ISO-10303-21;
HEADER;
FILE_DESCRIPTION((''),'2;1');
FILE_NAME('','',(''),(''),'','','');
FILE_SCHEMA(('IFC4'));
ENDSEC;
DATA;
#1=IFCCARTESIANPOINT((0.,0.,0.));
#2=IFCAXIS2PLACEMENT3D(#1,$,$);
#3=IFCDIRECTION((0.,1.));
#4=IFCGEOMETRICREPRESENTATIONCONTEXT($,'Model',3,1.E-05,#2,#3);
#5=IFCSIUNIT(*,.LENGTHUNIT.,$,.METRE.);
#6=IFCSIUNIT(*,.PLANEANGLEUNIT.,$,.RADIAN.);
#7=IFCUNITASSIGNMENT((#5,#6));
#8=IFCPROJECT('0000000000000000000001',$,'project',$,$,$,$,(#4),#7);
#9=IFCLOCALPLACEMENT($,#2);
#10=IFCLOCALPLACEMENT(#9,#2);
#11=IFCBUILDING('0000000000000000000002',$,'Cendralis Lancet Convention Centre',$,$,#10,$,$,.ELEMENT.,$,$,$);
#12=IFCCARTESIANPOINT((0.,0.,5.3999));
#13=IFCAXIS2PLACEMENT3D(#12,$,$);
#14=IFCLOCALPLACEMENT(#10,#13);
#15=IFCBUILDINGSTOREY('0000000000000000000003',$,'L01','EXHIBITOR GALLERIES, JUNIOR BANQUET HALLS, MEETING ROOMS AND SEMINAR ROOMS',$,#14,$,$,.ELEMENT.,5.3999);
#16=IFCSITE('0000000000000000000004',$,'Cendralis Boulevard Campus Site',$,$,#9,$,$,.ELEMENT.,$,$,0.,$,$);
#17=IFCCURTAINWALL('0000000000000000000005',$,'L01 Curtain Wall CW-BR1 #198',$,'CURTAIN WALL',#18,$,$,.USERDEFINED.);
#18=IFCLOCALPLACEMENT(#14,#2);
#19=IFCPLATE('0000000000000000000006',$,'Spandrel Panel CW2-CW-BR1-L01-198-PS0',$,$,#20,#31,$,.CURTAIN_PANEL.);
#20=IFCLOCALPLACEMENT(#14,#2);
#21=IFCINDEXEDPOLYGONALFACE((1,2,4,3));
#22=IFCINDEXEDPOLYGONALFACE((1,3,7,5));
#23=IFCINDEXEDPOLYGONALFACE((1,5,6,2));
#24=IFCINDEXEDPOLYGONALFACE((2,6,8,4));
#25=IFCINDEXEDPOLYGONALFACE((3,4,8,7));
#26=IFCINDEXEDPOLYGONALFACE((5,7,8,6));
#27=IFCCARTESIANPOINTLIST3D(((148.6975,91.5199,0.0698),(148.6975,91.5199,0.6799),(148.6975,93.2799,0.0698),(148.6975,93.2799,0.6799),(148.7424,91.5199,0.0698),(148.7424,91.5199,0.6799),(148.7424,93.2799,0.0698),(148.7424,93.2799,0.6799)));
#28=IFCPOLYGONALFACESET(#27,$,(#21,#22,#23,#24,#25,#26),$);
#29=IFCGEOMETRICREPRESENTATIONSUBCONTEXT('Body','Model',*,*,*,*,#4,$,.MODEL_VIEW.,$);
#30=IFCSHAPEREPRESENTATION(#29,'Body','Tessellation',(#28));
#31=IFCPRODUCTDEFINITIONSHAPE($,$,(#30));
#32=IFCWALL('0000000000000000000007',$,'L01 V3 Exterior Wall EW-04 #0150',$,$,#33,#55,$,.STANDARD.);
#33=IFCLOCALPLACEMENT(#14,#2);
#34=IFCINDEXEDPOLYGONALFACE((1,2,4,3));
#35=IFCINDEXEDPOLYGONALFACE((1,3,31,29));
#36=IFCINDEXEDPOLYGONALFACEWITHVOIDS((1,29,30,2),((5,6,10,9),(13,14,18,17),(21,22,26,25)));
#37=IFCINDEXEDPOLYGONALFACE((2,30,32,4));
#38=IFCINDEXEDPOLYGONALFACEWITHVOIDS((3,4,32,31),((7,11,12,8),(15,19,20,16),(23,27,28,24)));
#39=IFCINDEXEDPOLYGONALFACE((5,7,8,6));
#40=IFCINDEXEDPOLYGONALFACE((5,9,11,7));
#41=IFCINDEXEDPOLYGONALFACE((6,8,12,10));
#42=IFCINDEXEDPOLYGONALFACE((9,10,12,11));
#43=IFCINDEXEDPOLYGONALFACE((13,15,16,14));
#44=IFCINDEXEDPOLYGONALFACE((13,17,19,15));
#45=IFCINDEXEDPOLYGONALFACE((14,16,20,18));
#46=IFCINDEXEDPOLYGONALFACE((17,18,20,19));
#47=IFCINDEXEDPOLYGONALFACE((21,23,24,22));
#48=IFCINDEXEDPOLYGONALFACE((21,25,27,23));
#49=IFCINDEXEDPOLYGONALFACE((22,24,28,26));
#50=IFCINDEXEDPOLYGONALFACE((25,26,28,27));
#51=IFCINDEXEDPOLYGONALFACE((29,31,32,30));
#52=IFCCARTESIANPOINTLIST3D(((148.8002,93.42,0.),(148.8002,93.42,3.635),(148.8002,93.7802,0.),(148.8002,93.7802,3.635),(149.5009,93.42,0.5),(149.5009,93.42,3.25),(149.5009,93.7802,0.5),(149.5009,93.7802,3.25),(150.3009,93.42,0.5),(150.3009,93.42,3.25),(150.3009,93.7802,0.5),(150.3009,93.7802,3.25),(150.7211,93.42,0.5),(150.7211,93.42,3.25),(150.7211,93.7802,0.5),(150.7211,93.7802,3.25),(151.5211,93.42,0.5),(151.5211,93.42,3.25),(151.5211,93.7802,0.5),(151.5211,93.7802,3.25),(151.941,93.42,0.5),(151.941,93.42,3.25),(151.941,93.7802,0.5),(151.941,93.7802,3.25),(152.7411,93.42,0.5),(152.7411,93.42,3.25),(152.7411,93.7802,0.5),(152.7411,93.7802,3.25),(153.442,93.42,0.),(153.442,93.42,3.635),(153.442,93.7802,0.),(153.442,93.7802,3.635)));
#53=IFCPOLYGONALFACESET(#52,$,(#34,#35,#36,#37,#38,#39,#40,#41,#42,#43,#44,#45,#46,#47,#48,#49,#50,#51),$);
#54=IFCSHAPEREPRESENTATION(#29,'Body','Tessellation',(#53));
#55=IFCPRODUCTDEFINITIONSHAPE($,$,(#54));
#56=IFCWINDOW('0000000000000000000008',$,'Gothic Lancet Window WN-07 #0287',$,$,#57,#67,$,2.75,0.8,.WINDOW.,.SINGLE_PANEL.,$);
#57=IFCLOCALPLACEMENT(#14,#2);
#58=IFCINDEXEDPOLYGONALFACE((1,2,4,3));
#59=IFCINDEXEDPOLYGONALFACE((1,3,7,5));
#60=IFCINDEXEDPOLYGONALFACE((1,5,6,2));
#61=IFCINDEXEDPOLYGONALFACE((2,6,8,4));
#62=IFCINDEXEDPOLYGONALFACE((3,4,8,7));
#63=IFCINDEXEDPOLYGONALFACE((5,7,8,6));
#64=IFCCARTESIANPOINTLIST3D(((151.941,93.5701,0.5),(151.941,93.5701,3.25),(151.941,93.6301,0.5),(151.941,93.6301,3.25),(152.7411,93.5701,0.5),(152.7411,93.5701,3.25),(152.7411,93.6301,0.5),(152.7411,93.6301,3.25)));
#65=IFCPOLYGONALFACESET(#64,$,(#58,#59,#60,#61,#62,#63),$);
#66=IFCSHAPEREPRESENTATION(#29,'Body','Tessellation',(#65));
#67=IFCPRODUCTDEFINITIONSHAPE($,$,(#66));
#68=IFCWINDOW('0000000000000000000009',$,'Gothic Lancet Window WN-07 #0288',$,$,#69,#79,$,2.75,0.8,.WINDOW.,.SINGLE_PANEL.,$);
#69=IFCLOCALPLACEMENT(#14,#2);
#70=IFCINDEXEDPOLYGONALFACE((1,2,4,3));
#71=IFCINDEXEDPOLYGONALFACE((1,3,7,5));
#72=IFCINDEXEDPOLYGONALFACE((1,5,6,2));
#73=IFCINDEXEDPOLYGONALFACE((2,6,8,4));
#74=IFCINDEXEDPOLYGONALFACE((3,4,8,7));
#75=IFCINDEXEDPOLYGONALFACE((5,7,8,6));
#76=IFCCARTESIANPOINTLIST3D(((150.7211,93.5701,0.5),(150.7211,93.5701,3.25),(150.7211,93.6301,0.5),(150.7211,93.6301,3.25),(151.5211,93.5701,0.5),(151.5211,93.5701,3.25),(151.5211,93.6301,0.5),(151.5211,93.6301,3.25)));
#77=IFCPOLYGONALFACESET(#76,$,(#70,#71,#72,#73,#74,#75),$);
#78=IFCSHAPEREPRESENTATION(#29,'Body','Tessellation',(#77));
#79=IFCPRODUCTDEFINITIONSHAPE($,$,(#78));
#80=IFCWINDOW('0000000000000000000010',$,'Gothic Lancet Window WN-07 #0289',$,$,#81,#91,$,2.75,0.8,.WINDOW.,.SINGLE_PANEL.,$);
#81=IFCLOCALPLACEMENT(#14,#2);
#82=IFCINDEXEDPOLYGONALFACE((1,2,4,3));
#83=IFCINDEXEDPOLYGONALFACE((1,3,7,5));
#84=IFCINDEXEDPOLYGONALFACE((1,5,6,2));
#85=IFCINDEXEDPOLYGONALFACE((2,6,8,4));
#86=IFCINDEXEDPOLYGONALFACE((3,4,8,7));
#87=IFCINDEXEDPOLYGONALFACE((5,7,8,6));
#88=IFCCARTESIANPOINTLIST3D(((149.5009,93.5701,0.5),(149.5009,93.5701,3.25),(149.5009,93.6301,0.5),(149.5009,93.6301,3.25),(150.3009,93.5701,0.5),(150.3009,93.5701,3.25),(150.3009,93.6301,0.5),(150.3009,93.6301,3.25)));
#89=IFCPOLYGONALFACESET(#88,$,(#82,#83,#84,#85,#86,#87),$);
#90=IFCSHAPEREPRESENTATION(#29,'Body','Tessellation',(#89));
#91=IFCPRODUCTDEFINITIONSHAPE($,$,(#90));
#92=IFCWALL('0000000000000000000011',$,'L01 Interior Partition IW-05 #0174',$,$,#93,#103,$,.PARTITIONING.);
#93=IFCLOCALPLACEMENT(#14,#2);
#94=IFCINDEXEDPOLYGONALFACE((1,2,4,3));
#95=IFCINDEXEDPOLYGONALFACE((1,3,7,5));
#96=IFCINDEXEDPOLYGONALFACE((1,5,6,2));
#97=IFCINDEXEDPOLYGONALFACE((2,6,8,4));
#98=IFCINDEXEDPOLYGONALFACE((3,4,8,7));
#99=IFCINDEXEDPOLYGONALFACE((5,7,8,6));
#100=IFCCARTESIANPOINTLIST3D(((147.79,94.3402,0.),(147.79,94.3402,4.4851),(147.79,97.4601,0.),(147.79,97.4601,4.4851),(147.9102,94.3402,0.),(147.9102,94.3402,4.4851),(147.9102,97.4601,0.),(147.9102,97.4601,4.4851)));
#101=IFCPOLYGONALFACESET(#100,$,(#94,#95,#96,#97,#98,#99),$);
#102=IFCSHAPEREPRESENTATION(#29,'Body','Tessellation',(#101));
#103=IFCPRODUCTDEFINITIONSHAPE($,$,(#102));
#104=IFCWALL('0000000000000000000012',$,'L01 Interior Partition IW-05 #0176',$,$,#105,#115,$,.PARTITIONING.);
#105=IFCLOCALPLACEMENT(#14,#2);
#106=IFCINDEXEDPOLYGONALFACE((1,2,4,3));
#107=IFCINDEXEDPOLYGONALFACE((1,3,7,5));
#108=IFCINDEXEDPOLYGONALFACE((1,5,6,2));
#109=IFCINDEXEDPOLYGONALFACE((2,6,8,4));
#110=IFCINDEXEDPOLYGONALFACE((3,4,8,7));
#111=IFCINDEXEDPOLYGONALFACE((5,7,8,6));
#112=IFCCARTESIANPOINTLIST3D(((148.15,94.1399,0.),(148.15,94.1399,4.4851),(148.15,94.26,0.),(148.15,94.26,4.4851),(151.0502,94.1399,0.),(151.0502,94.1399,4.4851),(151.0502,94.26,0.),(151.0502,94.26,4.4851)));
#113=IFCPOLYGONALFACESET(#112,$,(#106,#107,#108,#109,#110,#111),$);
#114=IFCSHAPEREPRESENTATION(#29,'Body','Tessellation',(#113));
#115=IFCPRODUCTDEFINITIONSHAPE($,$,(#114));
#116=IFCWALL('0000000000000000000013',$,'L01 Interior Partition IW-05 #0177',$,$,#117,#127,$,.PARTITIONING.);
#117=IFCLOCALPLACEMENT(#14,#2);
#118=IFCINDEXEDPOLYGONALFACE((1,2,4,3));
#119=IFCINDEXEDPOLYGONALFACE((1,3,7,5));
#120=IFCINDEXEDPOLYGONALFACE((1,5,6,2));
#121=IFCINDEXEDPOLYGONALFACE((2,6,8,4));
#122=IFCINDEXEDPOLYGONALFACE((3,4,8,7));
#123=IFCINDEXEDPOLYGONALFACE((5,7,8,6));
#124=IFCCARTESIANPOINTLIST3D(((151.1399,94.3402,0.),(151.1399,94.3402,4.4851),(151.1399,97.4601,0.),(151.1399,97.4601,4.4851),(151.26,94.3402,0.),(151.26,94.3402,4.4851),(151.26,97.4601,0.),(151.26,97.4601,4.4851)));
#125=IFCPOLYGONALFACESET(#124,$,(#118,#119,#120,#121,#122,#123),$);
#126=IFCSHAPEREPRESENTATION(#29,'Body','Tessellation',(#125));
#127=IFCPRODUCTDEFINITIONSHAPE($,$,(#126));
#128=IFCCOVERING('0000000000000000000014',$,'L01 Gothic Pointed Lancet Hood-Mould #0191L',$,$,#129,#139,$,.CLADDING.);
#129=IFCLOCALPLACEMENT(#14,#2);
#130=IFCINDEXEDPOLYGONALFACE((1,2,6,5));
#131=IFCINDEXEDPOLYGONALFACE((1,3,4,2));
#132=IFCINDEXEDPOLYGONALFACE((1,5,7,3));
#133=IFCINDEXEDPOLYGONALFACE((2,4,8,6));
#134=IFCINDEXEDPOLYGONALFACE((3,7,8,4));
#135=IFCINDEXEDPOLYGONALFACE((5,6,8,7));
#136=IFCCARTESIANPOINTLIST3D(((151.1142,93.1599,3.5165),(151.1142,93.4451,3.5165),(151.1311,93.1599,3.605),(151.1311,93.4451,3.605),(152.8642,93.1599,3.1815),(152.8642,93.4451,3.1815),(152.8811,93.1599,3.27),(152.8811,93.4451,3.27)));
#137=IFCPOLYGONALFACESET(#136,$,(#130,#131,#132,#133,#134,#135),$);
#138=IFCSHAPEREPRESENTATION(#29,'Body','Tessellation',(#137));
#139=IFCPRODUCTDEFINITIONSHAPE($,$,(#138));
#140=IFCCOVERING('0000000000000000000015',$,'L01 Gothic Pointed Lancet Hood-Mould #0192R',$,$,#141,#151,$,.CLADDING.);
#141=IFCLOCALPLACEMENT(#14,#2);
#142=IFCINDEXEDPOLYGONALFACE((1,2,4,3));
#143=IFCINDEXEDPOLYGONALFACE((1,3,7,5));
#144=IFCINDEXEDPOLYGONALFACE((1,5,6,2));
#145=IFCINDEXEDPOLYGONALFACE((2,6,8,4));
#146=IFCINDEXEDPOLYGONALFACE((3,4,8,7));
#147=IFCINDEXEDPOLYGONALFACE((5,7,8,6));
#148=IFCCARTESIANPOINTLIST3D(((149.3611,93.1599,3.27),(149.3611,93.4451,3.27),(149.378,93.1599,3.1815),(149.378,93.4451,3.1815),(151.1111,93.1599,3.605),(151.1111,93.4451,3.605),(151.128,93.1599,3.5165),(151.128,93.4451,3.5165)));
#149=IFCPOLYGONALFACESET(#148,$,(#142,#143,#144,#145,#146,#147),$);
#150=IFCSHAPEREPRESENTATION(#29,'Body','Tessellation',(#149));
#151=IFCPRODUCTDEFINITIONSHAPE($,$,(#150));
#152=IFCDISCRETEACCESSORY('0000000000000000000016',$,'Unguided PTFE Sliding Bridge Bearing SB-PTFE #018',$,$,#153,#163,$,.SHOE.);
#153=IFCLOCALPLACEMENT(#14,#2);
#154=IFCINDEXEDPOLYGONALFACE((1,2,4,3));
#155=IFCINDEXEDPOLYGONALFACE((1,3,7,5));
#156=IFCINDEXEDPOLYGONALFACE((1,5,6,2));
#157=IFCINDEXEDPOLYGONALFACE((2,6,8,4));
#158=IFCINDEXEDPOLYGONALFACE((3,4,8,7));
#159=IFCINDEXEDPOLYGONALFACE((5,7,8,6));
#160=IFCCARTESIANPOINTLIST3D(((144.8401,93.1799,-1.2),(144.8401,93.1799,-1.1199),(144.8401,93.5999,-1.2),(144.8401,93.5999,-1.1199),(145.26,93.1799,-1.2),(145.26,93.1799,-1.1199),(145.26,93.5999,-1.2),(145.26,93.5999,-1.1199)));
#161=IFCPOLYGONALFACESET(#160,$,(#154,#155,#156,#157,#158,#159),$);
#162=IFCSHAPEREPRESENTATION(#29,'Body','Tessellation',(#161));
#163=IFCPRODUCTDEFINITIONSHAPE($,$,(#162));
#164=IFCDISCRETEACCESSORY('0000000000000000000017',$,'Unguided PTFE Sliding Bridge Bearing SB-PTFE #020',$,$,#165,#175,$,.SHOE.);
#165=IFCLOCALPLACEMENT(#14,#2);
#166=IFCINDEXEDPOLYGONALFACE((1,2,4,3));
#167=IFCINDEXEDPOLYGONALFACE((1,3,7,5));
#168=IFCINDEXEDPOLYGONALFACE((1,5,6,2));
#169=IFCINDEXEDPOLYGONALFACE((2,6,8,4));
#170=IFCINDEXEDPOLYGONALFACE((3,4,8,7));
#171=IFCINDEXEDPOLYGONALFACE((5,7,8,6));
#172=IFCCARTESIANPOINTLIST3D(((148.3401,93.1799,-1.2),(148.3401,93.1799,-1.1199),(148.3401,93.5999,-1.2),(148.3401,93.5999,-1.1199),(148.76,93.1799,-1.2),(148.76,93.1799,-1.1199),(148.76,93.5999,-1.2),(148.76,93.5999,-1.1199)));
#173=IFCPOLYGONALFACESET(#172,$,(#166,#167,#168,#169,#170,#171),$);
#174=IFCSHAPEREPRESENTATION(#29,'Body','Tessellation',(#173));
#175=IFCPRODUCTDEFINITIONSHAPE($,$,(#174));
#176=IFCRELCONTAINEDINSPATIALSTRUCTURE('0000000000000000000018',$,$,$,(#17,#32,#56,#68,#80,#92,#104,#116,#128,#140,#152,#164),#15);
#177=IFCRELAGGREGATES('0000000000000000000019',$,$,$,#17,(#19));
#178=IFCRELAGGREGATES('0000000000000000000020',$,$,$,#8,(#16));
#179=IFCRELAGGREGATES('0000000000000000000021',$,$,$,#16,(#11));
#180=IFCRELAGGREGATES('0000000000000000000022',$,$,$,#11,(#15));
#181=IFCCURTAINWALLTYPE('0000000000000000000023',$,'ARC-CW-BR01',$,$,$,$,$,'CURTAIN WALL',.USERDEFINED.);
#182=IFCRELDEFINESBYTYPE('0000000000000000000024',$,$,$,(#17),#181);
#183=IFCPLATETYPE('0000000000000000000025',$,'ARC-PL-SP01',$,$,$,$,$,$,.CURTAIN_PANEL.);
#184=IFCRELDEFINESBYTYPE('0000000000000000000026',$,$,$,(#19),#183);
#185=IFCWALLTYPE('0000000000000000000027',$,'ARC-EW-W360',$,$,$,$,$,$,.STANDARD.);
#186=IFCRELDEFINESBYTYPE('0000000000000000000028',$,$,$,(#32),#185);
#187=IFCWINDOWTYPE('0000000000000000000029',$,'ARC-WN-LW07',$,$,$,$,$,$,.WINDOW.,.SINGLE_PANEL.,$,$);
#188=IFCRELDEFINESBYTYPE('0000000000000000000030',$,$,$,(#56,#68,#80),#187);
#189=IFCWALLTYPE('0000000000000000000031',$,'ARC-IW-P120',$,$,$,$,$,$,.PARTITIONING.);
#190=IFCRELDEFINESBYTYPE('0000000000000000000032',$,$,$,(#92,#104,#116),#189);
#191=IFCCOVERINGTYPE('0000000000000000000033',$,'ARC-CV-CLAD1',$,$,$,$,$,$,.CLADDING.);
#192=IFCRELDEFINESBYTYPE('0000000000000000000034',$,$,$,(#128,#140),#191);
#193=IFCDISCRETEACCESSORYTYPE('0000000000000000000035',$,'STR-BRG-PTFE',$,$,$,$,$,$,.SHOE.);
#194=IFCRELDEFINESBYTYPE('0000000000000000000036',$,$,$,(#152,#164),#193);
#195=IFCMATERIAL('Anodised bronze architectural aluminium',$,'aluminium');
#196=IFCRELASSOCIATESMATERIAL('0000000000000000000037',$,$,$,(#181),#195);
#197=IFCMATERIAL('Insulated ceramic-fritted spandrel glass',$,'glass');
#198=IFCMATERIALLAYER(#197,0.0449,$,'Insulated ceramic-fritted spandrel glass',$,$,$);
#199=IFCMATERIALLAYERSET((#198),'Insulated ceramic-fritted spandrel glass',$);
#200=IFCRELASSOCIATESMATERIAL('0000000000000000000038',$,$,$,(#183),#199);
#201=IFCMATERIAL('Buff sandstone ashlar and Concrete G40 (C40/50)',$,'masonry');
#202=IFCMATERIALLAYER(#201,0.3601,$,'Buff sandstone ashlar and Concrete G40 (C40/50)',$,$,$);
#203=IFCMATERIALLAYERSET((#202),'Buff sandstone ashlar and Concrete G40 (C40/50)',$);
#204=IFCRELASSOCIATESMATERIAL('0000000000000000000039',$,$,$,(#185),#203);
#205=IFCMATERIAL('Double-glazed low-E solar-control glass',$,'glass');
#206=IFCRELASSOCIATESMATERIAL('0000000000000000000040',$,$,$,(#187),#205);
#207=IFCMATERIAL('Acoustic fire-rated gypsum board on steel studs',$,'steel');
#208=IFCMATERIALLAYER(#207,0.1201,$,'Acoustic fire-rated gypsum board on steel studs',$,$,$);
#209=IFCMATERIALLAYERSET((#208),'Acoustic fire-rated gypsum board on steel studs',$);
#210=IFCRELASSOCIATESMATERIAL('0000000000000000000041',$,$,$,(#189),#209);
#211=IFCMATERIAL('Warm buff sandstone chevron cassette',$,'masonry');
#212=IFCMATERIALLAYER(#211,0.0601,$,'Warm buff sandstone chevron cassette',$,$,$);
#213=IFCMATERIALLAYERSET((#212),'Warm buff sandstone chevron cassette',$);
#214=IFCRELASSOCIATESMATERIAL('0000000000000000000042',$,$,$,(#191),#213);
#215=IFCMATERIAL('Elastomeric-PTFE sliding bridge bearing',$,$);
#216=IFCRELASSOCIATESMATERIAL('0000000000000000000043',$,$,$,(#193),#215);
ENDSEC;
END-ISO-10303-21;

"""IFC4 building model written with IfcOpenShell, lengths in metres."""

from ifc_helpers import new_model, si_unit, direction, frame, frame_2d, origin, origin_2d, place, context, subcontext, project, spatial, polyline, rectangle, outline, extrude, material, layer, layer_set, type_object, element, fill, aggregate, save


model = new_model("IFC4")

# Units and contexts
model_context = context("Model", 3, precision=1e-05, world=origin(), true_north=direction((0.0, 1.0)))
body_context = subcontext(model_context, "Body", "Model", "MODEL_VIEW")
ifc_project = project(units=[si_unit("LENGTHUNIT", "METRE"), si_unit("PLANEANGLEUNIT", "RADIAN")], contexts=[model_context])

# Site, building, storey
site_placement = place(None, origin())
site = spatial("IfcSite", under=ifc_project, at=site_placement, Name="Cendralis Boulevard Campus Site", CompositionType="ELEMENT", RefElevation=0.0)
building_placement = place(site_placement, origin())
building = spatial("IfcBuilding", under=site, at=building_placement, Name="Cendralis Lancet Convention Centre", CompositionType="ELEMENT")
storey_placement = place(building_placement, frame((0.0, 0.0, 5.3999)))
storey = spatial("IfcBuildingStorey", under=building, at=storey_placement, Name="L01", Description="EXHIBITOR GALLERIES, JUNIOR BANQUET HALLS, MEETING ROOMS AND SEMINAR ROOMS", CompositionType="ELEMENT", Elevation=5.3999)

# Curtain wall
ifc_material_1 = material(Name="Anodised bronze architectural aluminium", Category="aluminium")
curtain_wall_type = type_object("IfcCurtainWallType", Name="ARC-CW-BR01", ElementType="CURTAIN WALL", PredefinedType="USERDEFINED", material=ifc_material_1)
curtain_wall_1_placement = place(storey_placement, origin())
curtain_wall_1 = element("IfcCurtainWall", 1, at=curtain_wall_1_placement, inside=storey, type_object=curtain_wall_type, Name="L01 Curtain Wall CW-BR1 #198", ObjectType="CURTAIN WALL", PredefinedType="USERDEFINED")

# Plate
ifc_material_2 = material(Name="Double-glazed low-E solar-control glass", Category="glass")
ifc_material_3 = material(Name="Insulated ceramic-fritted spandrel glass", Category="glass")
ifc_layer_1 = layer(ifc_material_3, 0.0449, Name="Insulated ceramic-fritted spandrel glass")
ifc_layer_set_1 = layer_set([ifc_layer_1], Name="Insulated ceramic-fritted spandrel glass")
plate_type_1 = type_object("IfcPlateType", Name="ARC-PL-SP01", PredefinedType="CURTAIN_PANEL", material=ifc_layer_set_1)
plate_1_placement = place(storey_placement, frame((148.72, 92.3999, 0.0698), z_axis=(0.0, 0.0, 1.0), x_axis=(0.0, 1.0, 0.0)))
plate_1 = element("IfcPlate", 2, at=plate_1_placement, type_object=plate_type_1, Name="Spandrel Panel CW2-CW-BR1-L01-198-PS0", PredefinedType="CURTAIN_PANEL", context=body_context, shape_type="SweptSolid", body=[
    extrude(rectangle(XDim=1.76, YDim=0.0449, at=origin_2d()), origin(), (0.0, 0.0, 1.0), 0.6101),
])
aggregate(curtain_wall_1, [plate_1])

# Wall, openings, windows
ifc_material_4 = material(Name="Buff sandstone ashlar and Concrete G40 (C40/50)", Category="masonry")
ifc_layer_2 = layer(ifc_material_4, 0.3601, Name="Buff sandstone ashlar and Concrete G40 (C40/50)")
ifc_layer_set_2 = layer_set([ifc_layer_2], Name="Buff sandstone ashlar and Concrete G40 (C40/50)")
wall_type_1 = type_object("IfcWallType", Name="ARC-EW-W360", PredefinedType="STANDARD", material=ifc_layer_set_2)
wall_1_placement = place(storey_placement, frame((153.4419, 93.6001, 0.0), z_axis=(0.0, 0.0, 1.0), x_axis=(-1.0, 0.0, 0.0)))
wall_1 = element("IfcWall", 3, at=wall_1_placement, inside=storey, type_object=wall_type_1, Name="L01 V3 Exterior Wall EW-04 #0150", PredefinedType="STANDARD", context=body_context, shape_type="SweptSolid", body=[
    extrude(rectangle(XDim=4.6418, YDim=0.3601, at=frame_2d((2.3208, 0.0))), origin(), (0.0, 0.0, 1.0), 3.635),
])
opening_1_placement = place(wall_1_placement, frame((0.7009, 0.0, 0.5)))
opening_1 = element("IfcOpeningElement", 4, at=opening_1_placement, cuts=wall_1, PredefinedType="OPENING", context=body_context, shape_type="SweptSolid", body=[
    extrude(rectangle(XDim=0.8, YDim=2.75, at=frame_2d((0.3999, 1.375))), frame((0.0, 0.1899, 0.0), z_axis=(0.0, -1.0, 0.0), x_axis=(1.0, 0.0, 0.0)), (0.0, 0.0, 1.0), 0.3801),
])
opening_2_placement = place(wall_1_placement, frame((1.9209, 0.0, 0.5)))
opening_2 = element("IfcOpeningElement", 5, at=opening_2_placement, cuts=wall_1, PredefinedType="OPENING", context=body_context, shape_type="SweptSolid", body=[
    extrude(rectangle(XDim=0.8, YDim=2.75, at=frame_2d((0.3999, 1.375))), frame((0.0, 0.1899, 0.0), z_axis=(0.0, -1.0, 0.0), x_axis=(1.0, 0.0, 0.0)), (0.0, 0.0, 1.0), 0.3801),
])
opening_3_placement = place(wall_1_placement, frame((3.1411, 0.0, 0.5)))
opening_3 = element("IfcOpeningElement", 6, at=opening_3_placement, cuts=wall_1, PredefinedType="OPENING", context=body_context, shape_type="SweptSolid", body=[
    extrude(rectangle(XDim=0.8, YDim=2.75, at=frame_2d((0.3999, 1.375))), frame((0.0, 0.1899, 0.0), z_axis=(0.0, -1.0, 0.0), x_axis=(1.0, 0.0, 0.0)), (0.0, 0.0, 1.0), 0.3801),
])
window_type = type_object("IfcWindowType", Name="ARC-WN-LW07", PartitioningType="SINGLE_PANEL", PredefinedType="WINDOW", material=ifc_material_2)
window_1_placement = place(opening_1_placement, origin())
window_1 = element("IfcWindow", 7, at=window_1_placement, inside=storey, type_object=window_type, Name="Gothic Lancet Window WN-07 #0287", OverallHeight=2.75, OverallWidth=0.8, PartitioningType="SINGLE_PANEL", PredefinedType="WINDOW", context=body_context, shape_type="SweptSolid", body=[
    extrude(rectangle(XDim=0.8, YDim=2.75, at=frame_2d((0.3999, 1.375))), frame((0.0, 0.03, 0.0), z_axis=(0.0, -1.0, 0.0), x_axis=(1.0, 0.0, 0.0)), (0.0, 0.0, 1.0), 0.0601),
])
fill(opening_1, window_1)
window_2_placement = place(opening_2_placement, origin())
window_2 = element("IfcWindow", 8, at=window_2_placement, inside=storey, type_object=window_type, Name="Gothic Lancet Window WN-07 #0288", OverallHeight=2.75, OverallWidth=0.8, PartitioningType="SINGLE_PANEL", PredefinedType="WINDOW", context=body_context, shape_type="SweptSolid", body=[
    extrude(rectangle(XDim=0.8, YDim=2.75, at=frame_2d((0.3999, 1.375))), frame((0.0, 0.03, 0.0), z_axis=(0.0, -1.0, 0.0), x_axis=(1.0, 0.0, 0.0)), (0.0, 0.0, 1.0), 0.0601),
])
fill(opening_2, window_2)
window_3_placement = place(opening_3_placement, origin())
window_3 = element("IfcWindow", 9, at=window_3_placement, inside=storey, type_object=window_type, Name="Gothic Lancet Window WN-07 #0289", OverallHeight=2.75, OverallWidth=0.8, PartitioningType="SINGLE_PANEL", PredefinedType="WINDOW", context=body_context, shape_type="SweptSolid", body=[
    extrude(rectangle(XDim=0.8, YDim=2.75, at=frame_2d((0.3999, 1.375))), frame((0.0, 0.03, 0.0), z_axis=(0.0, -1.0, 0.0), x_axis=(1.0, 0.0, 0.0)), (0.0, 0.0, 1.0), 0.0601),
])
fill(opening_3, window_3)

# Wall
ifc_material_5 = material(Name="Acoustic fire-rated gypsum board on steel studs", Category="steel")
ifc_layer_3 = layer(ifc_material_5, 0.1201, Name="Acoustic fire-rated gypsum board on steel studs")
ifc_layer_set_3 = layer_set([ifc_layer_3], Name="Acoustic fire-rated gypsum board on steel studs")
wall_type_2 = type_object("IfcWallType", Name="ARC-IW-P120", PredefinedType="PARTITIONING", material=ifc_layer_set_3)
wall_2_placement = place(storey_placement, frame((147.8501, 94.3401, 0.0), z_axis=(0.0, 0.0, 1.0), x_axis=(0.0, 1.0, 0.0)))
element("IfcWall", 10, at=wall_2_placement, inside=storey, type_object=wall_type_2, Name="L01 Interior Partition IW-05 #0174", PredefinedType="PARTITIONING", context=body_context, shape_type="SweptSolid", body=[
    extrude(rectangle(XDim=3.1199, YDim=0.1201, at=frame_2d((1.5601, 0.0))), origin(), (0.0, 0.0, 1.0), 4.4851),
])

# Walls
wall_3_placement = place(storey_placement, frame((148.1499, 94.2, 0.0), z_axis=(0.0, 0.0, 1.0), x_axis=(1.0, 0.0, 0.0)))
element("IfcWall", 11, at=wall_3_placement, inside=storey, type_object=wall_type_2, Name="L01 Interior Partition IW-05 #0176", PredefinedType="PARTITIONING", context=body_context, shape_type="SweptSolid", body=[
    extrude(rectangle(XDim=2.9001, YDim=0.1201, at=frame_2d((1.4502, 0.0))), origin(), (0.0, 0.0, 1.0), 4.4851),
])
wall_4_placement = place(storey_placement, frame((151.2, 94.3401, 0.0), z_axis=(0.0, 0.0, 1.0), x_axis=(0.0, 1.0, 0.0)))
element("IfcWall", 12, at=wall_4_placement, inside=storey, type_object=wall_type_2, Name="L01 Interior Partition IW-05 #0177", PredefinedType="PARTITIONING", context=body_context, shape_type="SweptSolid", body=[
    extrude(rectangle(XDim=3.1199, YDim=0.1201, at=frame_2d((1.5601, 0.0))), origin(), (0.0, 0.0, 1.0), 4.4851),
])

# Coverings
ifc_material_6 = material(Name="Warm buff sandstone chevron cassette", Category="masonry")
ifc_layer_4 = layer(ifc_material_6, 0.0601, Name="Warm buff sandstone chevron cassette")
ifc_layer_set_4 = layer_set([ifc_layer_4], Name="Warm buff sandstone chevron cassette")
covering_type = type_object("IfcCoveringType", Name="ARC-CV-CLAD1", PredefinedType="CLADDING", material=ifc_layer_set_4)
for number, where, z_axis, x_axis, name in (
    (13, (152.8811, 93.1599, 3.27), (0.187994, 0.0, 0.98217), (0.0, 1.0, 0.0), "L01 Gothic Pointed Lancet Hood-Mould #0191L"),
    (14, (151.1111, 93.1599, 3.605), (-0.187994, 0.0, 0.98217), (0.0, 1.0, 0.0), "L01 Gothic Pointed Lancet Hood-Mould #0192R"),
):
    element("IfcCovering", number, at=place(storey_placement, frame(where, z_axis=z_axis, x_axis=x_axis)), inside=storey, type_object=covering_type, Name=name, PredefinedType="CLADDING", context=body_context, shape_type="SweptSolid", body=[
        extrude(outline(polyline([(0.0, 0.0), (0.2852, 0.0), (0.2852, 1.7818), (0.0, 1.7818), (0.0, 0.0)])), origin(), (0.0, 0.0, -1.0), 0.0901),
    ])

# Discrete accessories
ifc_material_7 = material(Name="Elastomeric-PTFE sliding bridge bearing")
discrete_accessory_type = type_object("IfcDiscreteAccessoryType", Name="STR-BRG-PTFE", PredefinedType="SHOE", material=ifc_material_7)
for number, where, z_axis, x_axis, name in (
    (15, (145.05, 93.3899, -1.2), (0.0, 0.0, 1.0), (1.0, 0.0, 0.0), "Unguided PTFE Sliding Bridge Bearing SB-PTFE #018"),
    (16, (148.55, 93.3899, -1.2), (0.0, 0.0, 1.0), (1.0, 0.0, 0.0), "Unguided PTFE Sliding Bridge Bearing SB-PTFE #020"),
):
    element("IfcDiscreteAccessory", number, at=place(storey_placement, frame(where, z_axis=z_axis, x_axis=x_axis)), inside=storey, type_object=discrete_accessory_type, Name=name, PredefinedType="SHOE", context=body_context, shape_type="SweptSolid", body=[
        extrude(rectangle(XDim=0.4199, YDim=0.4199, at=origin_2d()), origin(), (0.0, 0.0, 1.0), 0.0801),
    ])

save(model, "model.ifc")
